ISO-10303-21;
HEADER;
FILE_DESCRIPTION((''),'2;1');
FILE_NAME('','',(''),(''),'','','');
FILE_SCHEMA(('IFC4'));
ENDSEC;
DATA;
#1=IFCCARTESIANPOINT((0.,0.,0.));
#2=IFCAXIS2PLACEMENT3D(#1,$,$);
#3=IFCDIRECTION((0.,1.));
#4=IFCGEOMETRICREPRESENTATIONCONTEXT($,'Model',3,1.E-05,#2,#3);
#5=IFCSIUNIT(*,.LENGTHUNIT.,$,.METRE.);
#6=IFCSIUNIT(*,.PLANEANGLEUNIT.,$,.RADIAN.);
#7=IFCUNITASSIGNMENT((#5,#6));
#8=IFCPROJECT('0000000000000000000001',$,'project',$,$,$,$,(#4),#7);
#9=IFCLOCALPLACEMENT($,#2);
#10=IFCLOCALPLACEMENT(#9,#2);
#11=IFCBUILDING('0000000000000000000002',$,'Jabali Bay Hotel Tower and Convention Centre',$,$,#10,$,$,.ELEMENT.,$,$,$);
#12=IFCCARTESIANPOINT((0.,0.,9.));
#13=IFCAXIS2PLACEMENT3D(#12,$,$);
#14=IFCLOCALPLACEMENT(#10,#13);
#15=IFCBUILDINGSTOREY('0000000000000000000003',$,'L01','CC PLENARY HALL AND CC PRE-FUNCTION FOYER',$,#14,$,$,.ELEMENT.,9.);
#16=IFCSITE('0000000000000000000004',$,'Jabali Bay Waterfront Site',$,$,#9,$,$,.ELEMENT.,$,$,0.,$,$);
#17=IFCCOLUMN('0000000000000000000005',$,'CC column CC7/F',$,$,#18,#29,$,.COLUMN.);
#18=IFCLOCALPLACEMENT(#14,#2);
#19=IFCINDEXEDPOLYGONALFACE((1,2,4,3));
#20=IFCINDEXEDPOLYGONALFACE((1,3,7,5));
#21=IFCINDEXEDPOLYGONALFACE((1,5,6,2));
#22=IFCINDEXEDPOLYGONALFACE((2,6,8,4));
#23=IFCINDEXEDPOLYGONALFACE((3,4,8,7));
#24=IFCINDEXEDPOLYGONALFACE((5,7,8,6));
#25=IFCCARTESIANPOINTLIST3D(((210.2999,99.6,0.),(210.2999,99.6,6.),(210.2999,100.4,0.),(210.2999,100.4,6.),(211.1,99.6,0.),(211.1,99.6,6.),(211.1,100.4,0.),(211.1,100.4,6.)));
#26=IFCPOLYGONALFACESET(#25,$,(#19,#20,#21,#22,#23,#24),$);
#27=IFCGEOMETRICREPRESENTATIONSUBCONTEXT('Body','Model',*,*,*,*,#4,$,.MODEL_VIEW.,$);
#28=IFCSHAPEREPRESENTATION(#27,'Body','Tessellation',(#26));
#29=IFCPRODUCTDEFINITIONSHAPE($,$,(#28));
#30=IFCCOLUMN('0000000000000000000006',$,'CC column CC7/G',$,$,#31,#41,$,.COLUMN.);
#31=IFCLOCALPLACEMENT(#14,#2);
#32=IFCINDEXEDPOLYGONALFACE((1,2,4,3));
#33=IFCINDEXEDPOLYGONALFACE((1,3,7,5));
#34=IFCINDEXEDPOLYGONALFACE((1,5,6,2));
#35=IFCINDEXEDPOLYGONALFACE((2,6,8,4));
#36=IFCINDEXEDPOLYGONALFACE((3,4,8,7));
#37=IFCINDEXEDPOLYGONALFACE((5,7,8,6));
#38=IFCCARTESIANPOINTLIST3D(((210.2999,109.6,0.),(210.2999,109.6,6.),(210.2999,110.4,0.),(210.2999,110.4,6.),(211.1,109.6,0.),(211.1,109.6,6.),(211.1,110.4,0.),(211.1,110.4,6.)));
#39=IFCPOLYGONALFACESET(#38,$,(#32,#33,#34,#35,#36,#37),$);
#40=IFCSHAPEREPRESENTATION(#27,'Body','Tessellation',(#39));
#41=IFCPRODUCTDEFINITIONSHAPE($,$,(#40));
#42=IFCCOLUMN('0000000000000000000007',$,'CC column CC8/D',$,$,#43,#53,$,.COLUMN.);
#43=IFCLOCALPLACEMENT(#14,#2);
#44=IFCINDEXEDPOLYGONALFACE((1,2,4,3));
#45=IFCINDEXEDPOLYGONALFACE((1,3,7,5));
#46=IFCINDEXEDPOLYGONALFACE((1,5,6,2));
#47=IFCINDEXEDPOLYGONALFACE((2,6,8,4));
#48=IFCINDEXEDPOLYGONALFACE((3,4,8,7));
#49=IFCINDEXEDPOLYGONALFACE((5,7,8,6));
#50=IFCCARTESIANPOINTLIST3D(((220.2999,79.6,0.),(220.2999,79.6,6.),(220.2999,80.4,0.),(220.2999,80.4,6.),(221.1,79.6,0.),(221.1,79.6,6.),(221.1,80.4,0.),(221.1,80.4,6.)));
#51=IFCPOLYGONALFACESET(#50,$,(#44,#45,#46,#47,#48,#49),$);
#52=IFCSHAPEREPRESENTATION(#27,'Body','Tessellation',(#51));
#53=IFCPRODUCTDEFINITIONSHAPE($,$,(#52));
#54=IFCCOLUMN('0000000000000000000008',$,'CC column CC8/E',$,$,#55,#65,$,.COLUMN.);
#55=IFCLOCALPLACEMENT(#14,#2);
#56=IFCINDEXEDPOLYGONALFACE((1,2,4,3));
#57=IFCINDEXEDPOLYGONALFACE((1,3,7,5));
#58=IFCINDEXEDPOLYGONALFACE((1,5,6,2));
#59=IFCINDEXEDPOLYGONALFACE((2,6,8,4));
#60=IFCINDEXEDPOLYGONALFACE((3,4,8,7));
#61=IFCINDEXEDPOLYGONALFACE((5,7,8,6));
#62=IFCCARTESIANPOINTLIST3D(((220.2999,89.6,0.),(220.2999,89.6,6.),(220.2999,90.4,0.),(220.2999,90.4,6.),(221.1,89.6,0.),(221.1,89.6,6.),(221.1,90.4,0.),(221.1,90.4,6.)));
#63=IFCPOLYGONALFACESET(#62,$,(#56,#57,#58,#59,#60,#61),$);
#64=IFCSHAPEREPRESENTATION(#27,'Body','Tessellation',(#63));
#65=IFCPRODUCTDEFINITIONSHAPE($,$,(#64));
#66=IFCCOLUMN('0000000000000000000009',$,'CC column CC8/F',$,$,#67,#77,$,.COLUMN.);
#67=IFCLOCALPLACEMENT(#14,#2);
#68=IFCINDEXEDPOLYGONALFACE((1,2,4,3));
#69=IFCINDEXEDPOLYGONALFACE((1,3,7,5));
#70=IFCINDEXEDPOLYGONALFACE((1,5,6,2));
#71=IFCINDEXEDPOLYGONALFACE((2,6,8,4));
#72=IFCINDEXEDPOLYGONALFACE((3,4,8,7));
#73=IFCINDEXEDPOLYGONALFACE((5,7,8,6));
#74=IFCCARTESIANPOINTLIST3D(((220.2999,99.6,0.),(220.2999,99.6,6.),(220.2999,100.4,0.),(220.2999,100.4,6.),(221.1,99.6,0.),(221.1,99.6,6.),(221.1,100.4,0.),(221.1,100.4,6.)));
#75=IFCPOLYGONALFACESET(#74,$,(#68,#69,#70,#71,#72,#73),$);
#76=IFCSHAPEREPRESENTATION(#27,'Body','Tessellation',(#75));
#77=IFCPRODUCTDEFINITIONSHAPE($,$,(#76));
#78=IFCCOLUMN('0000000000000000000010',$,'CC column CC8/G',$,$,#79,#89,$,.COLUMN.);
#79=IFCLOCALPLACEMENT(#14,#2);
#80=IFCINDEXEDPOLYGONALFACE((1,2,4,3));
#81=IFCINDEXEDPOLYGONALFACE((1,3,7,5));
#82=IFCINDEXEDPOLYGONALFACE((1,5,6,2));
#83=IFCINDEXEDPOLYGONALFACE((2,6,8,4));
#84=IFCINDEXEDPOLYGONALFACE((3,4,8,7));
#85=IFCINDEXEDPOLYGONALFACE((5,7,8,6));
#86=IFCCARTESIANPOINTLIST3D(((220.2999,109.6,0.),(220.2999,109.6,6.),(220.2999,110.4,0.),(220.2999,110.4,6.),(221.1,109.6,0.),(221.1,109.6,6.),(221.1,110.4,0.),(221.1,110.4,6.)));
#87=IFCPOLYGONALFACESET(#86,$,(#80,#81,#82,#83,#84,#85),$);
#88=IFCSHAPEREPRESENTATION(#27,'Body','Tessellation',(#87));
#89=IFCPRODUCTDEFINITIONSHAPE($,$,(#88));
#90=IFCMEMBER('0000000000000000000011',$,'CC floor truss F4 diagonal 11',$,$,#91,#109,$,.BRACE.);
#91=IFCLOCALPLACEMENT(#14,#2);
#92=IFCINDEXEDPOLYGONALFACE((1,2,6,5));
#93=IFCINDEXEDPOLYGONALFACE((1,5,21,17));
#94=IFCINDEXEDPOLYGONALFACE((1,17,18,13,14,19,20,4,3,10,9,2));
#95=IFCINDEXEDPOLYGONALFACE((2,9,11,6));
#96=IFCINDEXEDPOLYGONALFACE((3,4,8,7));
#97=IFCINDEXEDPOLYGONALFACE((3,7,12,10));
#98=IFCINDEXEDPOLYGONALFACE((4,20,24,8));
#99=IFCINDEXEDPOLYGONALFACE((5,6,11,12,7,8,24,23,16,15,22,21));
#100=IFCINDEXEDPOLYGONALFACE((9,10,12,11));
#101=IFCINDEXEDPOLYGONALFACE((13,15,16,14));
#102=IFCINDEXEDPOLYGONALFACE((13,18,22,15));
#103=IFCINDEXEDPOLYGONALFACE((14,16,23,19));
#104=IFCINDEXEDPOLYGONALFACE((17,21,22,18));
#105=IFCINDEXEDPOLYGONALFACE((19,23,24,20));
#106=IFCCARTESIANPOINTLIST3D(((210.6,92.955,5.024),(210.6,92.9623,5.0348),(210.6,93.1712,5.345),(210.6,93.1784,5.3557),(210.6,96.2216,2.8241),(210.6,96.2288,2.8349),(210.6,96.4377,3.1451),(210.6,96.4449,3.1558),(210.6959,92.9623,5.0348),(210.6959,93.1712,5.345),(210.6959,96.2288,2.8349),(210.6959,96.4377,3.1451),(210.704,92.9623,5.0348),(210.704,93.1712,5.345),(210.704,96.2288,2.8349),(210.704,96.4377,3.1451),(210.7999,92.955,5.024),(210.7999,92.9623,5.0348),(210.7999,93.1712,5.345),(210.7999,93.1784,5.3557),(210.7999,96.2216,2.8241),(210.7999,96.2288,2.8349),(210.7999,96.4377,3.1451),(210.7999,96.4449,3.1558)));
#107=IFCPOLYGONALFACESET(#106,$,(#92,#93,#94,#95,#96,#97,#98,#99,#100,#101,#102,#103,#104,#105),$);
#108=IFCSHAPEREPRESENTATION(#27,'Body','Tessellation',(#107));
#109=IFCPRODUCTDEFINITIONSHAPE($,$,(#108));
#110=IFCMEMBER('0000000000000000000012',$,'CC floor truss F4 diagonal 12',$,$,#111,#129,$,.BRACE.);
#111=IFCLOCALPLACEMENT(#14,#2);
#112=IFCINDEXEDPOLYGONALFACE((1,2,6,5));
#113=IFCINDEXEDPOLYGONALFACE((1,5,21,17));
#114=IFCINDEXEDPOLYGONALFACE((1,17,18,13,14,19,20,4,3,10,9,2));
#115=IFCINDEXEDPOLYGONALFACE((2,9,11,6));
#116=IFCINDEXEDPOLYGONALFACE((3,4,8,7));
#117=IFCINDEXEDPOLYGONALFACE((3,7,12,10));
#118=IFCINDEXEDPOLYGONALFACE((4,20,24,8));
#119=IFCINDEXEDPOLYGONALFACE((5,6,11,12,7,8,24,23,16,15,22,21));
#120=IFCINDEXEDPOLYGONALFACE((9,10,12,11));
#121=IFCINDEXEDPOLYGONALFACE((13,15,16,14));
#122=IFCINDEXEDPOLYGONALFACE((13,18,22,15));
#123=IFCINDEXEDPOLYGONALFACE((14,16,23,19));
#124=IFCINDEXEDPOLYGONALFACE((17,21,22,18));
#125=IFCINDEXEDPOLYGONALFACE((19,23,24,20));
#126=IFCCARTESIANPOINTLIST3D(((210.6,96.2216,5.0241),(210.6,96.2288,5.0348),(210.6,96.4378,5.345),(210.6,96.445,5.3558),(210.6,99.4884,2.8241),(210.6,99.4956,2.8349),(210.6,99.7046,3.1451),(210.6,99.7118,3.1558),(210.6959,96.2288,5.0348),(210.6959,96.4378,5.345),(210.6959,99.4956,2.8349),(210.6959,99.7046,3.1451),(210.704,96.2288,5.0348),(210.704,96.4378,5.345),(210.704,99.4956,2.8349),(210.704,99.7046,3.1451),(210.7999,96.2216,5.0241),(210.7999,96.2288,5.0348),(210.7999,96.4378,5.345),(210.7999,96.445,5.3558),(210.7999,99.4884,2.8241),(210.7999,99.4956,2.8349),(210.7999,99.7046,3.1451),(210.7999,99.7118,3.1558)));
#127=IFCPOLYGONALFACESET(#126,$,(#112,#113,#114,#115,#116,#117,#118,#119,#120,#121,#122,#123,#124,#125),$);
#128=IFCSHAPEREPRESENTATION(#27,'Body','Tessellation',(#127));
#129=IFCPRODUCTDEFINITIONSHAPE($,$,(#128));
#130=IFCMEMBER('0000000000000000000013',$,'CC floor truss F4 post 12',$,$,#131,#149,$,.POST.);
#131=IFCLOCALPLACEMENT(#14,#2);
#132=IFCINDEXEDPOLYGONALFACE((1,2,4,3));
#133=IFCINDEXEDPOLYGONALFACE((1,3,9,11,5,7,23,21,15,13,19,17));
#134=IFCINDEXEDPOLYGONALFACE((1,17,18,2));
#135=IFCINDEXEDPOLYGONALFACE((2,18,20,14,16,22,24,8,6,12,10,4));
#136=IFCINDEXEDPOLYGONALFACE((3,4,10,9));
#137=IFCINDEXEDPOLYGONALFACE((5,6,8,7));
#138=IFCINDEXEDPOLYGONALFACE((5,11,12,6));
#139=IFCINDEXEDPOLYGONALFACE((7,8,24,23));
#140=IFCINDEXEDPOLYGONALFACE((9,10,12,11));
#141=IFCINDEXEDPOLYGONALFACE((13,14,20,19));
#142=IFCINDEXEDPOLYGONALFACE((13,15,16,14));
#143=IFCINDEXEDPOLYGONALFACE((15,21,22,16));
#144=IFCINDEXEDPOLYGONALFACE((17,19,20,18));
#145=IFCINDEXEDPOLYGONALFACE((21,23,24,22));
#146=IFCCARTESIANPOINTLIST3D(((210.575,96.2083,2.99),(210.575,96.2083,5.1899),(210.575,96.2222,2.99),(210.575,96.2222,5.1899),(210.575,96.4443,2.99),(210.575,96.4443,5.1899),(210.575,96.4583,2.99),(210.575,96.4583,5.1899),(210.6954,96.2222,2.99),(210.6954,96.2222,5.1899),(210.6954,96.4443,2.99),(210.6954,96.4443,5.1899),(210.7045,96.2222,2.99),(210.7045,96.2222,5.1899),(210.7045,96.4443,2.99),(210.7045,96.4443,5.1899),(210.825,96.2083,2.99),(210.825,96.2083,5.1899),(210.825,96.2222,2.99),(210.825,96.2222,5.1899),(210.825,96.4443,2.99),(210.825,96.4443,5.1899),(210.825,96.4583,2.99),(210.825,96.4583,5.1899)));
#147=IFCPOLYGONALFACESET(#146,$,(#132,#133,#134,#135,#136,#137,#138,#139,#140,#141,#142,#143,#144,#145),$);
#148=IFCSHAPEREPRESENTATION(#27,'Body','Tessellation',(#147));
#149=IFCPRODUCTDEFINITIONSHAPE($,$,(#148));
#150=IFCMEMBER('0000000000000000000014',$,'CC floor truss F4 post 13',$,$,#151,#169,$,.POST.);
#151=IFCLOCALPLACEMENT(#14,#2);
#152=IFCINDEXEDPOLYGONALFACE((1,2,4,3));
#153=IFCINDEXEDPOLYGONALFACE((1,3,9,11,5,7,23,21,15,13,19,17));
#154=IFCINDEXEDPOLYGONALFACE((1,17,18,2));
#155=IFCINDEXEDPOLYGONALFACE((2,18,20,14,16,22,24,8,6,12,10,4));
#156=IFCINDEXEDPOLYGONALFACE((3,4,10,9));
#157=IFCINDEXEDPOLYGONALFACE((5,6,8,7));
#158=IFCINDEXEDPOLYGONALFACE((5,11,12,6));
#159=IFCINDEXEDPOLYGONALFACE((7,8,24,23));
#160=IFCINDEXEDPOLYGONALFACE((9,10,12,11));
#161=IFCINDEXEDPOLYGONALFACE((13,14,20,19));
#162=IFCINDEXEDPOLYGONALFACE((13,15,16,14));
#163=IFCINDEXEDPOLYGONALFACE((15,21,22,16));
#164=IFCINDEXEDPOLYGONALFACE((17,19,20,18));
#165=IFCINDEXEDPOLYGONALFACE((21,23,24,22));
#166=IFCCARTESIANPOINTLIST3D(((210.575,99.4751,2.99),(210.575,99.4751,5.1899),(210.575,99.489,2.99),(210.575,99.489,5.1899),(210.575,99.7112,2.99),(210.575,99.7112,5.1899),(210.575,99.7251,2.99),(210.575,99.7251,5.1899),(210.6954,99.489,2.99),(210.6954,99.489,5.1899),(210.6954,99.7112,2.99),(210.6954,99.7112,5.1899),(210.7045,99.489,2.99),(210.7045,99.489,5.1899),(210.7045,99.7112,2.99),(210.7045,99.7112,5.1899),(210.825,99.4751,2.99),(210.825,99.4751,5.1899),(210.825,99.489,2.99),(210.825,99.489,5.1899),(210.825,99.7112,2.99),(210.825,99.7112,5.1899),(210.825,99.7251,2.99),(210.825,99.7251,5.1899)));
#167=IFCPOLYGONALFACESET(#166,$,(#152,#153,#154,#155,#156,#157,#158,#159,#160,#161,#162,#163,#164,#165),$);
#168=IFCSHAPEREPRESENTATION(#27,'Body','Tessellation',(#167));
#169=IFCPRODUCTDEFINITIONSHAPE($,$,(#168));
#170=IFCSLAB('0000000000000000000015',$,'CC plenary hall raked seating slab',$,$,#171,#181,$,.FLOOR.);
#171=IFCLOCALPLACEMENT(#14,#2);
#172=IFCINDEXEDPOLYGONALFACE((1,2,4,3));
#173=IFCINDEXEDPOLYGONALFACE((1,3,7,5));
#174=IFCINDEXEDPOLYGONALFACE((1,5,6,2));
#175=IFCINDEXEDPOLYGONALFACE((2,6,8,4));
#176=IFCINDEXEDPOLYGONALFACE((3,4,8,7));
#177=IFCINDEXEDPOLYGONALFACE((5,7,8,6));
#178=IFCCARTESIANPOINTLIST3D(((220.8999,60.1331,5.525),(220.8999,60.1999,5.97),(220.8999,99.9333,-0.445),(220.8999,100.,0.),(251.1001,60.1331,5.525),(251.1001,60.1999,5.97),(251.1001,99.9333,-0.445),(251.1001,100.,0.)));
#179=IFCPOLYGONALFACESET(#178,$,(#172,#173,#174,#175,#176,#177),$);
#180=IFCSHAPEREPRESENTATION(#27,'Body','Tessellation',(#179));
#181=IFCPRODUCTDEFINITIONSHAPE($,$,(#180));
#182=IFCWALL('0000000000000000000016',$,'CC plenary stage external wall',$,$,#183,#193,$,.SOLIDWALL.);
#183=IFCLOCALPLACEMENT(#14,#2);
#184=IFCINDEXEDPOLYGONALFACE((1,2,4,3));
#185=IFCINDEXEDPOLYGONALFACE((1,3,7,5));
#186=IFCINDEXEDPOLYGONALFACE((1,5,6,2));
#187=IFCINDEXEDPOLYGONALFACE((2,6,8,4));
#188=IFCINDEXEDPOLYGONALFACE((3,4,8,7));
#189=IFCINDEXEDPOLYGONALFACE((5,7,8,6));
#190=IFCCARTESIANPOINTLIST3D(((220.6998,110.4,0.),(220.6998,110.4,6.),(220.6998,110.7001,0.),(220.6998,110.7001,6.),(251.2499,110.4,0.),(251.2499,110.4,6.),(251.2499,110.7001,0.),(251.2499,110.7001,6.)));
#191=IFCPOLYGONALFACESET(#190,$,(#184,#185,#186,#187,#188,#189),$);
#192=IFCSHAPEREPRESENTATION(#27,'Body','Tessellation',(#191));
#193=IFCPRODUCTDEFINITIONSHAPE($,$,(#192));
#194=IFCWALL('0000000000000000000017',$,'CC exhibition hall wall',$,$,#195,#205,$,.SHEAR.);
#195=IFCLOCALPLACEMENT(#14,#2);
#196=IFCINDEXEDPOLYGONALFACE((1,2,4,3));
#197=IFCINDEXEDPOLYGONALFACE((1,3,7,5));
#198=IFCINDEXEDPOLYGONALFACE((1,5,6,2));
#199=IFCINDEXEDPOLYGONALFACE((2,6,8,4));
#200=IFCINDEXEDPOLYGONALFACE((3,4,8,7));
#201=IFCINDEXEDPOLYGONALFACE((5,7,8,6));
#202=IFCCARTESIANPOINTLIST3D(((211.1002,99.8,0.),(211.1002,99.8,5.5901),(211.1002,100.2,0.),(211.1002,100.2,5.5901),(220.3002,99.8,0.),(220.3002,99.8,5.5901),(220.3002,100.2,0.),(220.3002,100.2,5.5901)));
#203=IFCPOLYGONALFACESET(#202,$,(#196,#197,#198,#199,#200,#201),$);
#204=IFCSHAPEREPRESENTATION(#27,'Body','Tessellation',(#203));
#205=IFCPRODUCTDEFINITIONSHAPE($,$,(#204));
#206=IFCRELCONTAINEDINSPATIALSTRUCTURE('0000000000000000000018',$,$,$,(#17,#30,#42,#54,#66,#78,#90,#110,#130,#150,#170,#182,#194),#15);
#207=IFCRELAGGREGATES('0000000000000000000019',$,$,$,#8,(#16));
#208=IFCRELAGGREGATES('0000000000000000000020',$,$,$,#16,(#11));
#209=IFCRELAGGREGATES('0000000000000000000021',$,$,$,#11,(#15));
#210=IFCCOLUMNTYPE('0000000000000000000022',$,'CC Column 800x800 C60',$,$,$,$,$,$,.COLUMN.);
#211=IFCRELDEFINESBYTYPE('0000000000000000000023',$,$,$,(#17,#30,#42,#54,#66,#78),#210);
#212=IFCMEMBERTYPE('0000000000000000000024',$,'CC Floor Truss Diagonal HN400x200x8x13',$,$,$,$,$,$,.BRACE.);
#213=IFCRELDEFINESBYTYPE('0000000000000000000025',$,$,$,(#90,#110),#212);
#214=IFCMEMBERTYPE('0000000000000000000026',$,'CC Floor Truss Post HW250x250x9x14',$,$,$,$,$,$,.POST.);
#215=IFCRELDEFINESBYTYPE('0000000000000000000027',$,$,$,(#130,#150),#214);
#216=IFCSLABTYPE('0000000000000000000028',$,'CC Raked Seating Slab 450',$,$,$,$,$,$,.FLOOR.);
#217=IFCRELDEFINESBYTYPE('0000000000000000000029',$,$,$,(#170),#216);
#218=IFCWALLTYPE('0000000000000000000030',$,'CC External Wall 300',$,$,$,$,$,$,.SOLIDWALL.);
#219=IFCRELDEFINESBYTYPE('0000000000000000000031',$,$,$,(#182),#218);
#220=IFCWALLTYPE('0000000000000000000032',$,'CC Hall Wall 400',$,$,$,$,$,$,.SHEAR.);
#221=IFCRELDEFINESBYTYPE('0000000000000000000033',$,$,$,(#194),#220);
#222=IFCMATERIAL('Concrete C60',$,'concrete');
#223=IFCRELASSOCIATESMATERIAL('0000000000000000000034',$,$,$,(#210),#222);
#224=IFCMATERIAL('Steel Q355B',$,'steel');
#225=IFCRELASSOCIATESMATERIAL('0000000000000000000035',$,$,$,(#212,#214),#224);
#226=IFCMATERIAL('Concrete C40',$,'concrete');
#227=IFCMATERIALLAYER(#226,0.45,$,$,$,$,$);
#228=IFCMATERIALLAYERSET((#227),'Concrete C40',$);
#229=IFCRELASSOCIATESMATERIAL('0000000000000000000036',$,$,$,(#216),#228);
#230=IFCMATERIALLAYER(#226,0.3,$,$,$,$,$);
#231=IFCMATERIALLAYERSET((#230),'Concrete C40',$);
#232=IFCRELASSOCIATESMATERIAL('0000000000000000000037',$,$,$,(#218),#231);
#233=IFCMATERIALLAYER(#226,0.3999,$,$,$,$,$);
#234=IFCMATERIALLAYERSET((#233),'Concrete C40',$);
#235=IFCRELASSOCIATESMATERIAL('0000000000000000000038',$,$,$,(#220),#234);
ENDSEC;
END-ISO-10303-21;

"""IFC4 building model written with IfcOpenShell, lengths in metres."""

from ifc_helpers import new_model, si_unit, direction, frame, frame_2d, origin, origin_2d, place, context, subcontext, project, spatial, polyline, rectangle, i_section, outline, extrude, material, layer, layer_set, material_profile, profile_set, type_object, element, save


model = new_model("IFC4")

# Units and contexts
model_context = context("Model", 3, precision=1e-05, world=origin(), true_north=direction((0.0, 1.0)))
body_context = subcontext(model_context, "Body", "Model", "MODEL_VIEW")
ifc_project = project(units=[si_unit("LENGTHUNIT", "METRE"), si_unit("PLANEANGLEUNIT", "RADIAN")], contexts=[model_context])

# Site, building, storey
site_placement = place(None, origin())
site = spatial("IfcSite", under=ifc_project, at=site_placement, Name="Jabali Bay Waterfront Site", CompositionType="ELEMENT", RefElevation=0.0)
building_placement = place(site_placement, origin())
building = spatial("IfcBuilding", under=site, at=building_placement, Name="Jabali Bay Hotel Tower and Convention Centre", CompositionType="ELEMENT")
storey_placement = place(building_placement, frame((0.0, 0.0, 9.0)))
storey = spatial("IfcBuildingStorey", under=building, at=storey_placement, Name="L01", Description="CC PLENARY HALL AND CC PRE-FUNCTION FOYER", CompositionType="ELEMENT", Elevation=9.0)

# Columns
ifc_material_1 = material(Name="Concrete C60", Category="concrete")
ifc_material_profile_1 = material_profile(ifc_material_1, rectangle(XDim=0.8, YDim=0.8, at=origin_2d()), Name="RC 800x800")
ifc_profile_set_1 = profile_set([ifc_material_profile_1], Name="Concrete C60")
column_type = type_object("IfcColumnType", Name="CC Column 800x800 C60", PredefinedType="COLUMN", material=ifc_profile_set_1)
for number, where, z_axis, x_axis, name in (
    (1, (210.7, 100.0, 0.0), (0.0, 0.0, 1.0), (1.0, 0.0, 0.0), "CC column CC7/F"),
    (2, (210.7, 110.0, 0.0), (0.0, 0.0, 1.0), (1.0, 0.0, 0.0), "CC column CC7/G"),
    (3, (220.7, 80.0, 0.0), (0.0, 0.0, 1.0), (1.0, 0.0, 0.0), "CC column CC8/D"),
    (4, (220.7, 90.0, 0.0), (0.0, 0.0, 1.0), (1.0, 0.0, 0.0), "CC column CC8/E"),
    (5, (220.7, 100.0, 0.0), (0.0, 0.0, 1.0), (1.0, 0.0, 0.0), "CC column CC8/F"),
    (6, (220.7, 110.0, 0.0), (0.0, 0.0, 1.0), (1.0, 0.0, 0.0), "CC column CC8/G"),
):
    element("IfcColumn", number, at=place(storey_placement, frame(where, z_axis=z_axis, x_axis=x_axis)), inside=storey, type_object=column_type, Name=name, PredefinedType="COLUMN", context=body_context, shape_type="SweptSolid", body=[
        extrude(rectangle(XDim=0.8, YDim=0.8, at=origin_2d()), origin(), (0.0, 0.0, 1.0), 6.0),
    ])

# Members
ifc_material_2 = material(Name="Steel Q355B", Category="steel")
ifc_material_profile_2 = material_profile(ifc_material_2, i_section(OverallWidth=0.2, OverallDepth=0.3999, WebThickness=0.0081, FlangeThickness=0.0129, at=origin_2d()), Name="HN400x200x8x13")
ifc_profile_set_2 = profile_set([ifc_material_profile_2], Name="Steel Q355B")
member_type_1 = type_object("IfcMemberType", Name="CC Floor Truss Diagonal HN400x200x8x13", PredefinedType="BRACE", material=ifc_profile_set_2)
member_1_placement = place(storey_placement, frame((210.7, 96.3333, 2.99), z_axis=(0.0, -0.829438, 0.5586), x_axis=(1.0, 0.0, 0.0)))
element("IfcMember", 7, at=member_1_placement, inside=storey, type_object=member_type_1, Name="CC floor truss F4 diagonal 11", PredefinedType="BRACE", context=body_context, shape_type="SweptSolid", body=[
    extrude(i_section(OverallWidth=0.2, OverallDepth=0.3999, WebThickness=0.0081, FlangeThickness=0.0129, at=origin_2d()), origin(), (0.0, 0.0, 1.0), 3.9382),
])
member_2_placement = place(storey_placement, frame((210.7, 99.6001, 2.99), z_axis=(0.0, -0.829457, 0.558571), x_axis=(1.0, 0.0, 0.0)))
element("IfcMember", 8, at=member_2_placement, inside=storey, type_object=member_type_1, Name="CC floor truss F4 diagonal 12", PredefinedType="BRACE", context=body_context, shape_type="SweptSolid", body=[
    extrude(i_section(OverallWidth=0.2, OverallDepth=0.3999, WebThickness=0.0081, FlangeThickness=0.0129, at=origin_2d()), origin(), (0.0, 0.0, 1.0), 3.9385),
])
ifc_material_profile_3 = material_profile(ifc_material_2, i_section(OverallWidth=0.25, OverallDepth=0.25, WebThickness=0.009, FlangeThickness=0.0139, at=origin_2d()), Name="HW250x250x9x14")
ifc_profile_set_3 = profile_set([ifc_material_profile_3], Name="Steel Q355B")
member_type_2 = type_object("IfcMemberType", Name="CC Floor Truss Post HW250x250x9x14", PredefinedType="POST", material=ifc_profile_set_3)
for number, where, z_axis, x_axis, name in (
    (9, (210.7, 96.3333, 2.99), (0.0, 0.0, 1.0), (1.0, 0.0, 0.0), "CC floor truss F4 post 12"),
    (10, (210.7, 99.6001, 2.99), (0.0, 0.0, 1.0), (1.0, 0.0, 0.0), "CC floor truss F4 post 13"),
):
    element("IfcMember", number, at=place(storey_placement, frame(where, z_axis=z_axis, x_axis=x_axis)), inside=storey, type_object=member_type_2, Name=name, PredefinedType="POST", context=body_context, shape_type="SweptSolid", body=[
        extrude(i_section(OverallWidth=0.25, OverallDepth=0.25, WebThickness=0.009, FlangeThickness=0.0139, at=origin_2d()), origin(), (0.0, 0.0, 1.0), 2.2),
    ])

# Slab
ifc_material_3 = material(Name="Concrete C40", Category="concrete")
ifc_layer_1 = layer(ifc_material_3, 0.45)
ifc_layer_set_1 = layer_set([ifc_layer_1], Name="Concrete C40")
slab_type = type_object("IfcSlabType", Name="CC Raked Seating Slab 450", PredefinedType="FLOOR", material=ifc_layer_set_1)
slab_placement = place(storey_placement, frame((220.8999, 100.0, 0.0), z_axis=(0.0, 0.14834, 0.988936), x_axis=(1.0, 0.0, 0.0)))
element("IfcSlab", 11, at=slab_placement, inside=storey, type_object=slab_type, Name="CC plenary hall raked seating slab", PredefinedType="FLOOR", context=body_context, shape_type="SweptSolid", body=[
    extrude(outline(polyline([(0.0, 0.0), (30.2002, 0.0), (30.2002, -40.2454), (0.0, -40.2454), (0.0, 0.0)])), origin(), (0.0, 0.0, -1.0), 0.45),
])

# Walls
ifc_layer_2 = layer(ifc_material_3, 0.3)
ifc_layer_set_2 = layer_set([ifc_layer_2], Name="Concrete C40")
wall_type_1 = type_object("IfcWallType", Name="CC External Wall 300", PredefinedType="SOLIDWALL", material=ifc_layer_set_2)
wall_1_placement = place(storey_placement, frame((220.7, 110.55, 0.0), z_axis=(0.0, 0.0, 1.0), x_axis=(1.0, 0.0, 0.0)))
element("IfcWall", 12, at=wall_1_placement, inside=storey, type_object=wall_type_1, Name="CC plenary stage external wall", PredefinedType="SOLIDWALL", context=body_context, shape_type="SweptSolid", body=[
    extrude(rectangle(XDim=30.55, YDim=0.3, at=frame_2d((15.2749, 0.0))), origin(), (0.0, 0.0, 1.0), 6.0),
])
ifc_layer_3 = layer(ifc_material_3, 0.3999)
ifc_layer_set_3 = layer_set([ifc_layer_3], Name="Concrete C40")
wall_type_2 = type_object("IfcWallType", Name="CC Hall Wall 400", PredefinedType="SHEAR", material=ifc_layer_set_3)
wall_2_placement = place(storey_placement, frame((211.1001, 100.0, 0.0), z_axis=(0.0, 0.0, 1.0), x_axis=(1.0, 0.0, 0.0)))
element("IfcWall", 13, at=wall_2_placement, inside=storey, type_object=wall_type_2, Name="CC exhibition hall wall", PredefinedType="SHEAR", context=body_context, shape_type="SweptSolid", body=[
    extrude(rectangle(XDim=9.2, YDim=0.3999, at=frame_2d((4.6001, 0.0))), origin(), (0.0, 0.0, 1.0), 5.5901),
])

save(model, "model.ifc")
